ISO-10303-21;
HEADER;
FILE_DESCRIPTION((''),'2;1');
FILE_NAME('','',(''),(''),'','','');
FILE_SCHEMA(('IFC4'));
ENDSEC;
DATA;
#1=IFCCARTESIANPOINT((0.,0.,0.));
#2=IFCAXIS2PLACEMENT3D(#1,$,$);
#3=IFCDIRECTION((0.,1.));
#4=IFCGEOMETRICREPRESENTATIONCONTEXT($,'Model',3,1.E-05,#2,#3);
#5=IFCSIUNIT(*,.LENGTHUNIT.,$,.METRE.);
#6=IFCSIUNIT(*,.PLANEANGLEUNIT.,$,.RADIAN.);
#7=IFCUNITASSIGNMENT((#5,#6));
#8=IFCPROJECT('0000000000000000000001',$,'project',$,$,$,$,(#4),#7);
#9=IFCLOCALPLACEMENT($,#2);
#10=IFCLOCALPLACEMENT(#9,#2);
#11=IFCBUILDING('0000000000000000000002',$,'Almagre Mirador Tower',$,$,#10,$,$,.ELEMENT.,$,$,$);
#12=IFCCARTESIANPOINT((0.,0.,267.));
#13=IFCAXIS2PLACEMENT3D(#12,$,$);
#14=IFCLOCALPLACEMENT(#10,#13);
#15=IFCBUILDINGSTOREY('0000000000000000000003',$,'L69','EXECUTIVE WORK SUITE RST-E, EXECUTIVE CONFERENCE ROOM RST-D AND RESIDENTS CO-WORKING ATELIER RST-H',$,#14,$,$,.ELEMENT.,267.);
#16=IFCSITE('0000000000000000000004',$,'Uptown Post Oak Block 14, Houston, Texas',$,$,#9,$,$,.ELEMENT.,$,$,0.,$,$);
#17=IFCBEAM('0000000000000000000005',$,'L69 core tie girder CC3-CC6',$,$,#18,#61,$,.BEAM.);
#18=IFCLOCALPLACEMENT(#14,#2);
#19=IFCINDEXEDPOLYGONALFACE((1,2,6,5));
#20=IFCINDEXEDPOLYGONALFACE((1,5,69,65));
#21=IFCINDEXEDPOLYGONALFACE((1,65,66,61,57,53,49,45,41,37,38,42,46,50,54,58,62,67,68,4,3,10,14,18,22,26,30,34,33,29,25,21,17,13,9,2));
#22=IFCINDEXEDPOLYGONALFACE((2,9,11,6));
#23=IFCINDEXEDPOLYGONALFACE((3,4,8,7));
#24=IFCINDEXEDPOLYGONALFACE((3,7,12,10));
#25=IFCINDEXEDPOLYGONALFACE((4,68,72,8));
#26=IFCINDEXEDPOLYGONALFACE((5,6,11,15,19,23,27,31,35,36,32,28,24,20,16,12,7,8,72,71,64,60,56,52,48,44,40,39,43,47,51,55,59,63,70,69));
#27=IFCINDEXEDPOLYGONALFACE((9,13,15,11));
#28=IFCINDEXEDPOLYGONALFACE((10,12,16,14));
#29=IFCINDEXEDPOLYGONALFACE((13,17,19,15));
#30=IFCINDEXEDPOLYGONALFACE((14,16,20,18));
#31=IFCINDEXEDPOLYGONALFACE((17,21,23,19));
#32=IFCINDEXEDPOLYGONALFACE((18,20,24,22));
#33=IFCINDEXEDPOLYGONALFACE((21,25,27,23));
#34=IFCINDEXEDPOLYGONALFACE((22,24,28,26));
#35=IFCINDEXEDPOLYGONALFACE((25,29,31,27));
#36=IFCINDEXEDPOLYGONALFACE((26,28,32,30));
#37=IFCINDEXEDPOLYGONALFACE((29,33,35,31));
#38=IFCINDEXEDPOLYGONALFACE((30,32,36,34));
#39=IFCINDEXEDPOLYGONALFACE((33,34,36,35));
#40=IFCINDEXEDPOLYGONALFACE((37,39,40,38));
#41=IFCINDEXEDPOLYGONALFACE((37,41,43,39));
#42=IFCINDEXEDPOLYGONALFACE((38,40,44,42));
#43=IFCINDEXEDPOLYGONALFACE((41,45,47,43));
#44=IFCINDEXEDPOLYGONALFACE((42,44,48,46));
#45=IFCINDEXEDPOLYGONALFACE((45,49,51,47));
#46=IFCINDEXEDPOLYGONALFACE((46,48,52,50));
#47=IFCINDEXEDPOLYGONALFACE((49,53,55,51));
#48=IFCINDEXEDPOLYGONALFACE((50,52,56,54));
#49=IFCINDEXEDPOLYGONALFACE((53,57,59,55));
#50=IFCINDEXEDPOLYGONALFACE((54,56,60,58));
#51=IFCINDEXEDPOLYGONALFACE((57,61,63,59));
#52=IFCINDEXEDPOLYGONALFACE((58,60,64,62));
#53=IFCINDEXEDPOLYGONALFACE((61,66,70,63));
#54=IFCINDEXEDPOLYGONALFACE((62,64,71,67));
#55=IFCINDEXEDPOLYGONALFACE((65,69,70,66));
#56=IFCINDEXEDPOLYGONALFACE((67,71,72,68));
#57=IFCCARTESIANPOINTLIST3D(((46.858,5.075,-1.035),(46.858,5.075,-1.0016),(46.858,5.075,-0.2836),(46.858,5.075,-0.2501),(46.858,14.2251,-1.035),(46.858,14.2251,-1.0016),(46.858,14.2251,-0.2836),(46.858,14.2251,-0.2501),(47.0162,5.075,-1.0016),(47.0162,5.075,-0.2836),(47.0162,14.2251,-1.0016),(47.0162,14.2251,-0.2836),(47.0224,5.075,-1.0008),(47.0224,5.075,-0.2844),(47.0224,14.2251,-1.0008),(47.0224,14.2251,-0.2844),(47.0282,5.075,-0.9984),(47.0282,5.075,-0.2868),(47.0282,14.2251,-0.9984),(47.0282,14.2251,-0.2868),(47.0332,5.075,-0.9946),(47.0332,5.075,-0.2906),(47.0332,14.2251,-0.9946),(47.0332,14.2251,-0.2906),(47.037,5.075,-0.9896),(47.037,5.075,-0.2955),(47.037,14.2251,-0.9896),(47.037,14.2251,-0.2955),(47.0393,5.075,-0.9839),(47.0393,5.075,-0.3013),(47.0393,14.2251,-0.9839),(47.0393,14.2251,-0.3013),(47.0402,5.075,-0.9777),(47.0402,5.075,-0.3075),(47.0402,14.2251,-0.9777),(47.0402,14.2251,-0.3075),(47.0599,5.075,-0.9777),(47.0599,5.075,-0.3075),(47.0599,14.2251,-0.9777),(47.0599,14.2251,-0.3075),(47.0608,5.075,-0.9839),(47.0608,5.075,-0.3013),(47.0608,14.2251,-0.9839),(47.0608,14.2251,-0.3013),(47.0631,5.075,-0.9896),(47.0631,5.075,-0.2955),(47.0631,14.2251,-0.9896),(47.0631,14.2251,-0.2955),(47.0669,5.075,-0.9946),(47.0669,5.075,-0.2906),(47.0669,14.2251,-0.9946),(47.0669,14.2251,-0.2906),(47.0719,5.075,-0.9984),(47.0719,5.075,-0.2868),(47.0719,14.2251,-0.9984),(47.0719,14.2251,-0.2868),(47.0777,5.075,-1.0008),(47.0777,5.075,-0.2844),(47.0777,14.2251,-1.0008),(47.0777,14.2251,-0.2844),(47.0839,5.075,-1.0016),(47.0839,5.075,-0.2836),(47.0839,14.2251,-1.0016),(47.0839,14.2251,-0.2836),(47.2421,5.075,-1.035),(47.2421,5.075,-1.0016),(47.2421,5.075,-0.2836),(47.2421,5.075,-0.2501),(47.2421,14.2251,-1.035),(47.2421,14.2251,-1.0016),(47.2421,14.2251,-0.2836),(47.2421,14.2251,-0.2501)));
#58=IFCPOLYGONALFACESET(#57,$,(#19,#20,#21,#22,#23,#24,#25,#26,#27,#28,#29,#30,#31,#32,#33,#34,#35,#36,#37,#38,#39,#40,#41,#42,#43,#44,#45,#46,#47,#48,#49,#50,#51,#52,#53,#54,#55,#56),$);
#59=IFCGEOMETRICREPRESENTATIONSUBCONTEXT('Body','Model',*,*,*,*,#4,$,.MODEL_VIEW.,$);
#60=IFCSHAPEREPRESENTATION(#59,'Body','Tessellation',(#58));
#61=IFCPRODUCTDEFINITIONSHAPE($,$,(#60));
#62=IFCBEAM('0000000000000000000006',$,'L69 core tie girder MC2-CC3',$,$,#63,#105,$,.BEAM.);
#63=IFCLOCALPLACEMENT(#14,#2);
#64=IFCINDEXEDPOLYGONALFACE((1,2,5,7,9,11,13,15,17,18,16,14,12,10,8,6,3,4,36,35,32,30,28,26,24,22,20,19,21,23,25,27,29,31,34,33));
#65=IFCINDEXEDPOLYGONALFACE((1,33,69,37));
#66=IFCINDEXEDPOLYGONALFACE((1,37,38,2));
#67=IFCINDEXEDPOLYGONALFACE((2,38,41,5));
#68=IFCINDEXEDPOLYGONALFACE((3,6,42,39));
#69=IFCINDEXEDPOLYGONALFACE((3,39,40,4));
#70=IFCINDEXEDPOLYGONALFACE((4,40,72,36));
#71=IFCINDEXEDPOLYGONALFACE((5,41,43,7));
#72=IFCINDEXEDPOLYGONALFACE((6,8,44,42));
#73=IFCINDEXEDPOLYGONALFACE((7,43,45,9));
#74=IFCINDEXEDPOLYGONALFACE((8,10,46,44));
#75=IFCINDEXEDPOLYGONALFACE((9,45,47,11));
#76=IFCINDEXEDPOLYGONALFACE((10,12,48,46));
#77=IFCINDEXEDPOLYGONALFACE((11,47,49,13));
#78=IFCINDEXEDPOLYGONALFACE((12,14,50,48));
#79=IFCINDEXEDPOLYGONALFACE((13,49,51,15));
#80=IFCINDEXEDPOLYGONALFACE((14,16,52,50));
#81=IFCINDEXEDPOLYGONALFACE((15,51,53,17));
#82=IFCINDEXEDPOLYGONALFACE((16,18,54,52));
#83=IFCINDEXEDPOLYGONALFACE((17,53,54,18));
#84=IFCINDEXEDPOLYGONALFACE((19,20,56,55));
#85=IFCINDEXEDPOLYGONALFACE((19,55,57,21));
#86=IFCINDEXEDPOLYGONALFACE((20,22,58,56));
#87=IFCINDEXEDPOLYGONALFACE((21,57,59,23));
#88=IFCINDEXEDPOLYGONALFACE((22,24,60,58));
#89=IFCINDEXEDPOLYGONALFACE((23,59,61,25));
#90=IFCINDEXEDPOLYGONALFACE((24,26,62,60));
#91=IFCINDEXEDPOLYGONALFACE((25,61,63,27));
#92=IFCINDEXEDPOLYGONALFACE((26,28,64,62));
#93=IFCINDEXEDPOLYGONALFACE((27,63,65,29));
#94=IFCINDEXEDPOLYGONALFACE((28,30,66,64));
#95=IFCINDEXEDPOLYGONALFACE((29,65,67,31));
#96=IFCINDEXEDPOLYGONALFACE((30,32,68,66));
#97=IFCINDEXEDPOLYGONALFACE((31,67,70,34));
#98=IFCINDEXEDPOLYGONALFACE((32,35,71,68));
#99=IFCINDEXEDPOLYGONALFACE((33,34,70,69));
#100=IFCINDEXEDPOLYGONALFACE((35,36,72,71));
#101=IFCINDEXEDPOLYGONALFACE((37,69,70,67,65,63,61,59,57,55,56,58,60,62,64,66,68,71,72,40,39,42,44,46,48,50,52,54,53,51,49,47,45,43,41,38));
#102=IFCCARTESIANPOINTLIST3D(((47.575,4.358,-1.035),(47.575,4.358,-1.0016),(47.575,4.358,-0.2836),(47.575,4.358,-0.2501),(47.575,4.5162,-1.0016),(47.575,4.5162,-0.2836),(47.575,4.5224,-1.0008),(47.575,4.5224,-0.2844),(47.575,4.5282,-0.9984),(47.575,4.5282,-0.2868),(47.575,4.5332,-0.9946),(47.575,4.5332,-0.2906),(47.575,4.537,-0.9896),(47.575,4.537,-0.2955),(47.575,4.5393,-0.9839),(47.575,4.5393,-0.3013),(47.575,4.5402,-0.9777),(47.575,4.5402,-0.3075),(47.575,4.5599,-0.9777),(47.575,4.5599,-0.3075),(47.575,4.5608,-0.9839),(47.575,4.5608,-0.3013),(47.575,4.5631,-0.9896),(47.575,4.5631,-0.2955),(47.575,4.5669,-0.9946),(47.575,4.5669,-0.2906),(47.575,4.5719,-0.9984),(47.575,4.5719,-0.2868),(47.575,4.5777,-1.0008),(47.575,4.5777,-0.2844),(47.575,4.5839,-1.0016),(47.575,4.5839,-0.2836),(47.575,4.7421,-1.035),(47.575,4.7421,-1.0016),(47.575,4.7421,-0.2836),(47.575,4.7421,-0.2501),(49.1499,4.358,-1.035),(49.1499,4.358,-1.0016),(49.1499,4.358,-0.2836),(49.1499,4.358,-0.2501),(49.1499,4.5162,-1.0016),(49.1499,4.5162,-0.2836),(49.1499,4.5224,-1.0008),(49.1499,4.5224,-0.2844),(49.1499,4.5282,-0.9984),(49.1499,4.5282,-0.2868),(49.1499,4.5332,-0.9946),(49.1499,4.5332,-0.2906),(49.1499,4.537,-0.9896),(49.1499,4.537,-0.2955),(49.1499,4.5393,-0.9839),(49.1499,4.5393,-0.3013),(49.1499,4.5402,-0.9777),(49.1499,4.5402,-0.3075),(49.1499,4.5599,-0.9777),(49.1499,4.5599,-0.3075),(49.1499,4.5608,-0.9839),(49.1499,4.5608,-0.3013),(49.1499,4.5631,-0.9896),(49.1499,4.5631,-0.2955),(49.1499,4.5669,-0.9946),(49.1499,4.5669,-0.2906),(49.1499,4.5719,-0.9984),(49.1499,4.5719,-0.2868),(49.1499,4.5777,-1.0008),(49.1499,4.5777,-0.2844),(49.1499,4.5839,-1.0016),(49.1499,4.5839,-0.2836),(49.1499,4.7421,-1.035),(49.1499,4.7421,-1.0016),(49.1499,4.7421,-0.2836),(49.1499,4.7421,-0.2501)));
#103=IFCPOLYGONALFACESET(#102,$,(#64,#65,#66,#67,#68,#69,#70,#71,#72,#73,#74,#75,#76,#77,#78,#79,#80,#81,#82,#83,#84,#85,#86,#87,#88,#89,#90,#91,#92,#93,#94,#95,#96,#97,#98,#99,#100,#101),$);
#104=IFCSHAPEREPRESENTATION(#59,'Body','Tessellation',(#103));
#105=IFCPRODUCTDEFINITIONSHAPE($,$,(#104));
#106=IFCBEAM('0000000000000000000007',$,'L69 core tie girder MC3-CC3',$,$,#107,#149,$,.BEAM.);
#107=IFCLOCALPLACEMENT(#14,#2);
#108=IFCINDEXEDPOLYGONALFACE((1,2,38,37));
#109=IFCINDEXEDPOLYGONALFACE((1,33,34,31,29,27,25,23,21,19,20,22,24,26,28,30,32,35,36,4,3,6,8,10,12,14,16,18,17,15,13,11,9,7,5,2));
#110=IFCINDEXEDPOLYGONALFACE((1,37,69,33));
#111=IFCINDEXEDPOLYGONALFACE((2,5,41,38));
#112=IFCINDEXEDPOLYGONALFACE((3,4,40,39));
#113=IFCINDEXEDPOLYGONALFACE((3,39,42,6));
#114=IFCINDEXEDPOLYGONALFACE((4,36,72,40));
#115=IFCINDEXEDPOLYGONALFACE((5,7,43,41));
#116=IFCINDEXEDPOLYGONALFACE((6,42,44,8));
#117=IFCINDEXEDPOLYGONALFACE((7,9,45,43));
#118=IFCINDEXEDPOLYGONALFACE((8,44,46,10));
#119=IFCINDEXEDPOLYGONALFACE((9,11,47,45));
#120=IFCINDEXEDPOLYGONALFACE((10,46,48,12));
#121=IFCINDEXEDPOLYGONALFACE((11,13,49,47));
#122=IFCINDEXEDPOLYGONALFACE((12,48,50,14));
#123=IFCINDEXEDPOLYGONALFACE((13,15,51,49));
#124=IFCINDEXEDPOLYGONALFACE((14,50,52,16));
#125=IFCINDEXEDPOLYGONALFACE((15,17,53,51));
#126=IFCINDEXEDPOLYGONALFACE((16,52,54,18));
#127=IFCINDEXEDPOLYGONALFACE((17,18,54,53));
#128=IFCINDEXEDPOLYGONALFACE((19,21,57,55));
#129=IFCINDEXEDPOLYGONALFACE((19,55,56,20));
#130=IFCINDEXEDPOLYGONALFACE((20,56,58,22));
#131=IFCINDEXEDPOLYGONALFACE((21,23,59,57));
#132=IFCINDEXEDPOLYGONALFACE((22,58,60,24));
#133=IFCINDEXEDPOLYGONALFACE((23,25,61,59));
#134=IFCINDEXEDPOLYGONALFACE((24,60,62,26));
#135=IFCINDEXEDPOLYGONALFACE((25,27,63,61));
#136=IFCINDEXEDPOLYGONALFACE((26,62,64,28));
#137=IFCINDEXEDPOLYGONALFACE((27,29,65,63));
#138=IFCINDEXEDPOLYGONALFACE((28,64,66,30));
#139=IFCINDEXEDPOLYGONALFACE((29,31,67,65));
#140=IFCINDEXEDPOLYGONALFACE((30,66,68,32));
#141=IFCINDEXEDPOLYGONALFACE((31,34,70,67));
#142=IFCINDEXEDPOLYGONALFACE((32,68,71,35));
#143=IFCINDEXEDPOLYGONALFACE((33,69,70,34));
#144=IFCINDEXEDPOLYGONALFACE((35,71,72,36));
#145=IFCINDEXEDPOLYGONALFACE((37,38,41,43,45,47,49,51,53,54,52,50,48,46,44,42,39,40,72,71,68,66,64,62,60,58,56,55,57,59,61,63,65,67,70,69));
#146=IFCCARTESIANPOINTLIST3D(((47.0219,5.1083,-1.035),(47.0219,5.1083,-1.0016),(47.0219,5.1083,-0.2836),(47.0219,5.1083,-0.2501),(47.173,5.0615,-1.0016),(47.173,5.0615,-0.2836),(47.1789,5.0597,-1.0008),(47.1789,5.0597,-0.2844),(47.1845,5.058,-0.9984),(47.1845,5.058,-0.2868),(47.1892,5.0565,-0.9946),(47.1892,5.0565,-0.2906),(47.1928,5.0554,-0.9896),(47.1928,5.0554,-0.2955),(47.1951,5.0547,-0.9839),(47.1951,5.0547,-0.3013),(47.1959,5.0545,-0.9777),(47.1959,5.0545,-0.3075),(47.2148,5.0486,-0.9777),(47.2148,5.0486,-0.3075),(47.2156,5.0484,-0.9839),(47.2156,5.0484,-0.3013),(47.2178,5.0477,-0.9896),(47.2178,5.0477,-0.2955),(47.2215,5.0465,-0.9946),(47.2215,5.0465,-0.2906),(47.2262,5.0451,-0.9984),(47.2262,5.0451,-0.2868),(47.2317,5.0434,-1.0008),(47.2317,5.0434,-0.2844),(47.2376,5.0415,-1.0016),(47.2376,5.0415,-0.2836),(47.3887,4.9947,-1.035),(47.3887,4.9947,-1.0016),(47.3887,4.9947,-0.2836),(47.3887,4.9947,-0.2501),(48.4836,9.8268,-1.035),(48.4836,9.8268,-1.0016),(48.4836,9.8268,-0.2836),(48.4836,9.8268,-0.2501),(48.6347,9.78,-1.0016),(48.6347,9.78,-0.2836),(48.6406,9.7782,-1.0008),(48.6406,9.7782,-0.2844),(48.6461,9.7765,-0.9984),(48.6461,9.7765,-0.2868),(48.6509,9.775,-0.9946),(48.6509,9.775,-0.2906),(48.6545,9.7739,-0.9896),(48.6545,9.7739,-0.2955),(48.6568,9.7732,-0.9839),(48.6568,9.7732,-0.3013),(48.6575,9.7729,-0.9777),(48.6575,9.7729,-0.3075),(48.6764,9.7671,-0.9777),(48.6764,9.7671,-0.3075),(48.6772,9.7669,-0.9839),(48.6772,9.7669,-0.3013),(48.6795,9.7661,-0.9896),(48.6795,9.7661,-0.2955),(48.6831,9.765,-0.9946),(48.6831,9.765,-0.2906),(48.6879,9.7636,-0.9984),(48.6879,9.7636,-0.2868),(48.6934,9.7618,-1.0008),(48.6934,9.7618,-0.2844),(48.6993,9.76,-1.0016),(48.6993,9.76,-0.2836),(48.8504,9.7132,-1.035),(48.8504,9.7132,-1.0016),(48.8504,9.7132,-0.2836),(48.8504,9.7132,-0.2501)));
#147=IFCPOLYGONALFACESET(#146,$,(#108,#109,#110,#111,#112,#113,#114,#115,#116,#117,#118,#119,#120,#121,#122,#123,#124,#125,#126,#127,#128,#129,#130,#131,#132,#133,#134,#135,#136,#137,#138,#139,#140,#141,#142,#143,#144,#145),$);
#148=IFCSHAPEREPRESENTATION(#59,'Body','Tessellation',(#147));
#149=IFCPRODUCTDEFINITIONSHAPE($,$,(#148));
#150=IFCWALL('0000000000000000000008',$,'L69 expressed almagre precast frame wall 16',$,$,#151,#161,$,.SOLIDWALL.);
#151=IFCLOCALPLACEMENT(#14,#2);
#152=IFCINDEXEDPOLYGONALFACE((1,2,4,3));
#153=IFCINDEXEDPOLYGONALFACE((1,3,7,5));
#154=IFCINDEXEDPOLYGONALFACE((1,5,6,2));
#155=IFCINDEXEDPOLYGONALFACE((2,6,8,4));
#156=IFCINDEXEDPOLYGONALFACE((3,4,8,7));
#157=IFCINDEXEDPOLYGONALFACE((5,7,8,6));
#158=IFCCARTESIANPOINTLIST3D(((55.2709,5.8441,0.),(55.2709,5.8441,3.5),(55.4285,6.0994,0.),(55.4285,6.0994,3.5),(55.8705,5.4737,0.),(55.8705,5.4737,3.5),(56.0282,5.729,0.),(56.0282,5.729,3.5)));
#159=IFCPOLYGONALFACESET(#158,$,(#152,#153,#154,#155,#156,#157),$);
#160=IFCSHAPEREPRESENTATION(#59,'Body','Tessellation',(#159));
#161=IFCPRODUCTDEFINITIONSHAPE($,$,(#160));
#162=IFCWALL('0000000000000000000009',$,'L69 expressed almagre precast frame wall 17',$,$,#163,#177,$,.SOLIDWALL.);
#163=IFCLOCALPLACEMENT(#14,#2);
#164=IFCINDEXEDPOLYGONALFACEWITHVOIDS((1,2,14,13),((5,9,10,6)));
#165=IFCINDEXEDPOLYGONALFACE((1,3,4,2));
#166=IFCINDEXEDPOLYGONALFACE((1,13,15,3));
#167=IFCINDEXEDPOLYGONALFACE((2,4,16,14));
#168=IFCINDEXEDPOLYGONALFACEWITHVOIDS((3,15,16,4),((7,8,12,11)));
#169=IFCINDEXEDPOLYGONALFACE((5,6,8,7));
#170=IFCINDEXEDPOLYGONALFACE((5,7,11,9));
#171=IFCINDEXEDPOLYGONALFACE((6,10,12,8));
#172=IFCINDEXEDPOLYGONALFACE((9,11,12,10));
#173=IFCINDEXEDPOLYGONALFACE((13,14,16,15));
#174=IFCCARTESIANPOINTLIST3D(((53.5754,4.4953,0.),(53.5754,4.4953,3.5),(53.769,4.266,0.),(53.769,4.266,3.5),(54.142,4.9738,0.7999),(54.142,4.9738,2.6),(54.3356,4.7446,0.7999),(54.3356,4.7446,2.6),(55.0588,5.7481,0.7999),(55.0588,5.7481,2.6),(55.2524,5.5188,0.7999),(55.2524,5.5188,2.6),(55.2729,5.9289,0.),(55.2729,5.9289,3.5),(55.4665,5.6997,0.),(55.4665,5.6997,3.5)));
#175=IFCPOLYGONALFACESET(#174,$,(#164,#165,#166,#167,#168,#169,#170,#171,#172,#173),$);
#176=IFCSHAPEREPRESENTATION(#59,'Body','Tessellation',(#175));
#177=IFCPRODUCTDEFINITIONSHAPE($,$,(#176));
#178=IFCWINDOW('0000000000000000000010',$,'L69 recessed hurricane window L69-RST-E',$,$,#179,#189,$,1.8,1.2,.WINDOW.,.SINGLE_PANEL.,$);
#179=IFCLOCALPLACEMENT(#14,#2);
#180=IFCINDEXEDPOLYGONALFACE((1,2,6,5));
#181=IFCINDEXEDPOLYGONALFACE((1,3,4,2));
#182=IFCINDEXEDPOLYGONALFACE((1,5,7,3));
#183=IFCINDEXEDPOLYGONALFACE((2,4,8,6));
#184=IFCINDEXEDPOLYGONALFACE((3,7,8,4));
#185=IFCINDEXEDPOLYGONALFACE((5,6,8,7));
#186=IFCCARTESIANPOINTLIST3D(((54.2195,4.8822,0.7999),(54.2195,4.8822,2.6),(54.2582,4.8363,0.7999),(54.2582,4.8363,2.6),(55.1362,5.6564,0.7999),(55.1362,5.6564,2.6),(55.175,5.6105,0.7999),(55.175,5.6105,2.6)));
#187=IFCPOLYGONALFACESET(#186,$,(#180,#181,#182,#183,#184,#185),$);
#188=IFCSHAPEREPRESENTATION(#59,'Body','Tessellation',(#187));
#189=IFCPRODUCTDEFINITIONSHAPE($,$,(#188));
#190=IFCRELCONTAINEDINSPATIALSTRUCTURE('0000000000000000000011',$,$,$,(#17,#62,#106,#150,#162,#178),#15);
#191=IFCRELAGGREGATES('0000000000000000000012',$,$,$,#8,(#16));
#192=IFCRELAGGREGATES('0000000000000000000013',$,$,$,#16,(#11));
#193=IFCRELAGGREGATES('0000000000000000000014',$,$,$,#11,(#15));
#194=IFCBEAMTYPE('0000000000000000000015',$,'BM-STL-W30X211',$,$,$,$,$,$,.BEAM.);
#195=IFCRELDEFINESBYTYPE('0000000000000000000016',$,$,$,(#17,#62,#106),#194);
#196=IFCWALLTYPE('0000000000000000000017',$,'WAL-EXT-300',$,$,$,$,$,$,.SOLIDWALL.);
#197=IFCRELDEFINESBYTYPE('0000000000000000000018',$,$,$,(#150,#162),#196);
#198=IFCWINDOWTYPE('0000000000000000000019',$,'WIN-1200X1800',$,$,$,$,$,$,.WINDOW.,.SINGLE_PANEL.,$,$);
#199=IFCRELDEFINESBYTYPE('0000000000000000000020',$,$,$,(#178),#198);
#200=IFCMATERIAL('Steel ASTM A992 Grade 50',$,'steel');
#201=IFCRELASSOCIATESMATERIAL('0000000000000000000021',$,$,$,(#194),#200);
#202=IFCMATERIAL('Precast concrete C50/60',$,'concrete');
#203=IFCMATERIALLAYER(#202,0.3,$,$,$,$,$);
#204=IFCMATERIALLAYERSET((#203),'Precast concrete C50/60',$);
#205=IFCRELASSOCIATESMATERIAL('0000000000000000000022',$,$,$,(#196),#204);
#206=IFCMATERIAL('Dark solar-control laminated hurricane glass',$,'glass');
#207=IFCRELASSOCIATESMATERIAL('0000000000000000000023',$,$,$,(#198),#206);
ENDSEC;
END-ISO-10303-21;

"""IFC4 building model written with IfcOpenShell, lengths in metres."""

from ifc_helpers import new_model, si_unit, direction, frame, frame_2d, origin, origin_2d, place, context, subcontext, project, spatial, rectangle, i_section, extrude, material, layer, layer_set, material_profile, profile_set, type_object, element, fill, save


model = new_model("IFC4")

# Units and contexts
model_context = context("Model", 3, precision=1e-05, world=origin(), true_north=direction((0.0, 1.0)))
body_context = subcontext(model_context, "Body", "Model", "MODEL_VIEW")
ifc_project = project(units=[si_unit("LENGTHUNIT", "METRE"), si_unit("PLANEANGLEUNIT", "RADIAN")], contexts=[model_context])

# Site, building, storey
site_placement = place(None, origin())
site = spatial("IfcSite", under=ifc_project, at=site_placement, Name="Uptown Post Oak Block 14, Houston, Texas", CompositionType="ELEMENT", RefElevation=0.0)
building_placement = place(site_placement, origin())
building = spatial("IfcBuilding", under=site, at=building_placement, Name="Almagre Mirador Tower", CompositionType="ELEMENT")
storey_placement = place(building_placement, frame((0.0, 0.0, 267.0)))
storey = spatial("IfcBuildingStorey", under=building, at=storey_placement, Name="L69", Description="EXECUTIVE WORK SUITE RST-E, EXECUTIVE CONFERENCE ROOM RST-D AND RESIDENTS CO-WORKING ATELIER RST-H", CompositionType="ELEMENT", Elevation=267.0)

# Beams
ifc_material_1 = material(Name="Steel ASTM A992 Grade 50", Category="steel")
ifc_material_profile_1 = material_profile(ifc_material_1, i_section(OverallWidth=0.384, OverallDepth=0.7849, WebThickness=0.0198, FlangeThickness=0.0334, FilletRadius=0.0239, at=origin_2d()), Name="W30X211")
ifc_profile_set_1 = profile_set([ifc_material_profile_1], Name="Steel ASTM A992 Grade 50")
beam_type_1 = type_object("IfcBeamType", Name="BM-STL-W30X211", PredefinedType="BEAM", material=ifc_profile_set_1)
beam_1_placement = place(storey_placement, frame((47.05, 5.075, -0.6426), z_axis=(0.0, 1.0, 0.0), x_axis=(-1.0, 0.0, 0.0)))
element("IfcBeam", 1, at=beam_1_placement, inside=storey, type_object=beam_type_1, Name="L69 core tie girder CC3-CC6", PredefinedType="BEAM", context=body_context, shape_type="SweptSolid", body=[
    extrude(i_section(OverallWidth=0.384, OverallDepth=0.7849, WebThickness=0.0198, FlangeThickness=0.0334, FilletRadius=0.0239, at=origin_2d()), origin(), (0.0, 0.0, 1.0), 9.1501),
])
beam_2_placement = place(storey_placement, frame((49.1499, 4.55, -0.6426), z_axis=(-1.0, 0.0, 0.0), x_axis=(0.0, -1.0, 0.0)))
element("IfcBeam", 2, at=beam_2_placement, inside=storey, type_object=beam_type_1, Name="L69 core tie girder MC2-CC3", PredefinedType="BEAM", context=body_context, shape_type="SweptSolid", body=[
    extrude(i_section(OverallWidth=0.384, OverallDepth=0.7849, WebThickness=0.0198, FlangeThickness=0.0334, FilletRadius=0.0239, at=origin_2d()), origin(), (0.0, 0.0, 1.0), 1.575),
])
beam_3_placement = place(storey_placement, frame((48.667, 9.77, -0.6426), z_axis=(-0.295902, -0.955218, 0.0), x_axis=(0.955218, -0.295902, 0.0)))
element("IfcBeam", 3, at=beam_3_placement, inside=storey, type_object=beam_type_1, Name="L69 core tie girder MC3-CC3", PredefinedType="BEAM", context=body_context, shape_type="SweptSolid", body=[
    extrude(i_section(OverallWidth=0.384, OverallDepth=0.7849, WebThickness=0.0198, FlangeThickness=0.0334, FilletRadius=0.0239, at=origin_2d()), origin(), (0.0, 0.0, 1.0), 4.9397),
])

# Wall
ifc_material_2 = material(Name="Precast concrete C50/60", Category="concrete")
ifc_layer_1 = layer(ifc_material_2, 0.3)
ifc_layer_set_1 = layer_set([ifc_layer_1], Name="Precast concrete C50/60")
wall_type_1 = type_object("IfcWallType", Name="WAL-EXT-300", PredefinedType="SOLIDWALL", material=ifc_layer_set_1)
wall_1_placement = place(storey_placement, frame((55.9495, 5.6013, 0.0), z_axis=(0.0, 0.0, 1.0), x_axis=(-0.850789, 0.525508, 0.0)))
element("IfcWall", 4, at=wall_1_placement, inside=storey, type_object=wall_type_1, Name="L69 expressed almagre precast frame wall 16", PredefinedType="SOLIDWALL", context=body_context, shape_type="SweptSolid", body=[
    extrude(rectangle(XDim=0.7048, YDim=0.3, at=frame_2d((0.3525, 0.0))), origin(), (0.0, 0.0, 1.0), 3.5),
])

# Wall, opening, window
wall_2_placement = place(storey_placement, frame((55.3696, 5.8142, 0.0), z_axis=(0.0, 0.0, 1.0), x_axis=(-0.763999, -0.645218, 0.0)))
wall_2 = element("IfcWall", 5, at=wall_2_placement, inside=storey, type_object=wall_type_1, Name="L69 expressed almagre precast frame wall 17", PredefinedType="SOLIDWALL", context=body_context, shape_type="SweptSolid", body=[
    extrude(rectangle(XDim=2.2219, YDim=0.3, at=frame_2d((1.1108, 0.0))), origin(), (0.0, 0.0, 1.0), 3.5),
])
opening_1_placement = place(wall_2_placement, frame((0.28, 0.0, 0.8)))
opening_1 = element("IfcOpeningElement", 6, at=opening_1_placement, cuts=wall_2, PredefinedType="OPENING", context=body_context, shape_type="SweptSolid", body=[
    extrude(rectangle(XDim=1.2, YDim=1.8, at=frame_2d((0.6001, 0.8999))), frame((0.0, 0.1599, 0.0), z_axis=(0.0, -1.0, 0.0), x_axis=(1.0, 0.0, 0.0)), (0.0, 0.0, 1.0), 0.32),
])
ifc_material_3 = material(Name="Dark solar-control laminated hurricane glass", Category="glass")
window_type_1 = type_object("IfcWindowType", Name="WIN-1200X1800", PartitioningType="SINGLE_PANEL", PredefinedType="WINDOW", material=ifc_material_3)
window_1_placement = place(opening_1_placement, origin())
window_1 = element("IfcWindow", 7, at=window_1_placement, inside=storey, type_object=window_type_1, Name="L69 recessed hurricane window L69-RST-E", OverallHeight=1.8, OverallWidth=1.2, PartitioningType="SINGLE_PANEL", PredefinedType="WINDOW", context=body_context, shape_type="SweptSolid", body=[
    extrude(rectangle(XDim=1.2, YDim=1.8, at=frame_2d((0.6001, 0.8999))), frame((0.0, 0.03, 0.0), z_axis=(0.0, -1.0, 0.0), x_axis=(1.0, 0.0, 0.0)), (0.0, 0.0, 1.0), 0.0601),
])
fill(opening_1, window_1)

save(model, "model.ifc")
